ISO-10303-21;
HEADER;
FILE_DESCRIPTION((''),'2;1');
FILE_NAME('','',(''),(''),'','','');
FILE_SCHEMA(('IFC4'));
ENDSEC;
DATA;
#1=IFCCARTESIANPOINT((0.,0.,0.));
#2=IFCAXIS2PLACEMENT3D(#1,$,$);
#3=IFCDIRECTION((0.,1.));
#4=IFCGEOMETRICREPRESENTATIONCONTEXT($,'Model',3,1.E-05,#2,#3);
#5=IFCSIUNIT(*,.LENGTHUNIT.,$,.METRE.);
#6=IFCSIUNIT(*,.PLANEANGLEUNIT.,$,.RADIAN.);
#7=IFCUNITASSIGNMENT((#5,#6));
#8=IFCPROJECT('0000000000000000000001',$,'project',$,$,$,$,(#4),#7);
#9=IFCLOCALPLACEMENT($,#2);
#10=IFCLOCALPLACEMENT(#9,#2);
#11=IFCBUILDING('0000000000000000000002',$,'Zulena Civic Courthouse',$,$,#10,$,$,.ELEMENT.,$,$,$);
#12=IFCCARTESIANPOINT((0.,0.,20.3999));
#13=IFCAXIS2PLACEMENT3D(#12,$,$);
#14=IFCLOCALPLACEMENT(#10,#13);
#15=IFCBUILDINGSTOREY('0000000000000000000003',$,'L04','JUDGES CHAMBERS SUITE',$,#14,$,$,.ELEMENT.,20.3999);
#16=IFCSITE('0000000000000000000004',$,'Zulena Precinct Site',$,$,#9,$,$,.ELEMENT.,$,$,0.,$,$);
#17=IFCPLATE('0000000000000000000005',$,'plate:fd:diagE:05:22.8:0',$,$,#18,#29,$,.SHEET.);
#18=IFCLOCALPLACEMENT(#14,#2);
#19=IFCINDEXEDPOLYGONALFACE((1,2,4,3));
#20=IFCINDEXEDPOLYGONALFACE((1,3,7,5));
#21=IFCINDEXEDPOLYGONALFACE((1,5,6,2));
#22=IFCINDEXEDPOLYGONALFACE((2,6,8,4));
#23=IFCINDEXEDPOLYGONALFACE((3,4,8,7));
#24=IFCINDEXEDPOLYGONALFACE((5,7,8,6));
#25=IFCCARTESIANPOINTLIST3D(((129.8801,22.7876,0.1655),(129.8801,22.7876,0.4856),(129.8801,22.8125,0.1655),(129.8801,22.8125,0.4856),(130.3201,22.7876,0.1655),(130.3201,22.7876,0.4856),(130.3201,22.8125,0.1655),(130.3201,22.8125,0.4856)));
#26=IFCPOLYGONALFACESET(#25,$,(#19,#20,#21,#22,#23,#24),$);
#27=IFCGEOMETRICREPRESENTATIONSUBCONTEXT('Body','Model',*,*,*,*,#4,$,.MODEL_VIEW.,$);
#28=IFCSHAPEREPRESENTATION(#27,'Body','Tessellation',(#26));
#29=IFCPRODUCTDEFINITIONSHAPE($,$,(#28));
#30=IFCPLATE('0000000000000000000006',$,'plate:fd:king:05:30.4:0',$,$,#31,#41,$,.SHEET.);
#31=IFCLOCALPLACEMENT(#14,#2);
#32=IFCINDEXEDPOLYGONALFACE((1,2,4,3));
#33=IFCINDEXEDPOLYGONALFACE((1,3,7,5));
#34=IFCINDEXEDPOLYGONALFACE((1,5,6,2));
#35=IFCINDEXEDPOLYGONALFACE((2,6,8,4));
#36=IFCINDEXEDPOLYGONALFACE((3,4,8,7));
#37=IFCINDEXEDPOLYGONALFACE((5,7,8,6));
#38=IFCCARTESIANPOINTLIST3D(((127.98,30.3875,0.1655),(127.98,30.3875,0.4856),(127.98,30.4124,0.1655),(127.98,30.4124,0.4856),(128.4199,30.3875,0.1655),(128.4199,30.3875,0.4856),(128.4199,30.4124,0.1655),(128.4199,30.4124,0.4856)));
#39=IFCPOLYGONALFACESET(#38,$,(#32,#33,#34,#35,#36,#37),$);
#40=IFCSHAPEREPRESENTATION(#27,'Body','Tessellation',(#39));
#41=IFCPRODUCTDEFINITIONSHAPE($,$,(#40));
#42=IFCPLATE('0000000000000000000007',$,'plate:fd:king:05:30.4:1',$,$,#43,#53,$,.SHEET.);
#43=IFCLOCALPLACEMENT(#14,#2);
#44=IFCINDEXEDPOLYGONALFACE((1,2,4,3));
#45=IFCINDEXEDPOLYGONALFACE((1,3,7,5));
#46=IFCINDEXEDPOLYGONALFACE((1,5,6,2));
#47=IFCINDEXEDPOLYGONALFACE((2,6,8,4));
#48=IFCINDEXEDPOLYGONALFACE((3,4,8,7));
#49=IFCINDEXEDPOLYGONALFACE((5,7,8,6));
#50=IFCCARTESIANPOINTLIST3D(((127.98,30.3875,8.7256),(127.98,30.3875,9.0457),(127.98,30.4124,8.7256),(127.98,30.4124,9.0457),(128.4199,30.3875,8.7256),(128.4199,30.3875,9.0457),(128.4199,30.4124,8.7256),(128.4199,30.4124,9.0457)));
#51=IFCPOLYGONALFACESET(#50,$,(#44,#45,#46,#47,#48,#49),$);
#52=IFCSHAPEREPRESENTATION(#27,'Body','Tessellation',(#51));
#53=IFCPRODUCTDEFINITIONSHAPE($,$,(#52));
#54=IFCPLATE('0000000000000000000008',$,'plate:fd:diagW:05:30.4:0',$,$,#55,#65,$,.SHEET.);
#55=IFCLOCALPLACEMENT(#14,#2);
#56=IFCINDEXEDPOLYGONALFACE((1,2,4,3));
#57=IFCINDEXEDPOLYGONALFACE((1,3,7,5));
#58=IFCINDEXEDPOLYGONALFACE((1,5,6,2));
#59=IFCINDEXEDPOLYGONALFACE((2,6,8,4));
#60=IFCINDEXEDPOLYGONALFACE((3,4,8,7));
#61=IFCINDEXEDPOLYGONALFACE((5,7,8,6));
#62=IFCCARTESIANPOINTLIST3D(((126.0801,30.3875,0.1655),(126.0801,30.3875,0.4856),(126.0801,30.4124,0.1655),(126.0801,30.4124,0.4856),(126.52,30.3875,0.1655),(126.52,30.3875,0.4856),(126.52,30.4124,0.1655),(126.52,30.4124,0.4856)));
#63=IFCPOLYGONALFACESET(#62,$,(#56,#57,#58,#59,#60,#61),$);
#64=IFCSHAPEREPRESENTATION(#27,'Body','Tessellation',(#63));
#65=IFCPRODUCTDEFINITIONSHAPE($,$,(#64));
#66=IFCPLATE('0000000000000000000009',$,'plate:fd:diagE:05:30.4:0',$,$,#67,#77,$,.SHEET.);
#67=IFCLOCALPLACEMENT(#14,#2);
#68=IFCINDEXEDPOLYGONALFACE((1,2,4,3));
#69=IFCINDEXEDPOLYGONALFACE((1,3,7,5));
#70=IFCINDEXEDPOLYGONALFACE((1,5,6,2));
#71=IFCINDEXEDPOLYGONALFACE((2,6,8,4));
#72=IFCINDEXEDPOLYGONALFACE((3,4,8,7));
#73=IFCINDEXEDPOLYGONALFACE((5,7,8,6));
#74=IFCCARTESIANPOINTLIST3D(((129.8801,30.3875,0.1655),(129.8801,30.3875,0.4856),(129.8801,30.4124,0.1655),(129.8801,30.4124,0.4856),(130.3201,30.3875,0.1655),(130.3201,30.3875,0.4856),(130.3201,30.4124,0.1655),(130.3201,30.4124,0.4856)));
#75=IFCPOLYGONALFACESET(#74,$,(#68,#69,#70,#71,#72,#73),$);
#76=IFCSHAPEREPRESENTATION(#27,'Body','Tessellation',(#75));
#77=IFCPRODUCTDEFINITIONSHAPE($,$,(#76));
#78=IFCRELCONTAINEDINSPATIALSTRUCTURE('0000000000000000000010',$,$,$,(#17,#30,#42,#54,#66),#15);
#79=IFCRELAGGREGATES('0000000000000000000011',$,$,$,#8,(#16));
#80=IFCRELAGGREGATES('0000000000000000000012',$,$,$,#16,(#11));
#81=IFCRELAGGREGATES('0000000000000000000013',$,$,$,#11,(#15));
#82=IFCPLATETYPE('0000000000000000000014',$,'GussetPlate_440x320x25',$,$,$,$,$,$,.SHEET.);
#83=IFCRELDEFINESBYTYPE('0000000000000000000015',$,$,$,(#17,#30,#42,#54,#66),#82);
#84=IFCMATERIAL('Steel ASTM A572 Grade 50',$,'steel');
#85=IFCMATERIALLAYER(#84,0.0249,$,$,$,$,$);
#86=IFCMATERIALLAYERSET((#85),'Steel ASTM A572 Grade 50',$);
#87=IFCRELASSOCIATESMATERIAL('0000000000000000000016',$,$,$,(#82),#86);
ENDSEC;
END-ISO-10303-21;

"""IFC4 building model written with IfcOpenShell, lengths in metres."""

from ifc_helpers import new_model, si_unit, direction, frame, origin, origin_2d, place, context, subcontext, project, spatial, rectangle, extrude, material, layer, layer_set, type_object, element, save


model = new_model("IFC4")

# Units and contexts
model_context = context("Model", 3, precision=1e-05, world=origin(), true_north=direction((0.0, 1.0)))
body_context = subcontext(model_context, "Body", "Model", "MODEL_VIEW")
ifc_project = project(units=[si_unit("LENGTHUNIT", "METRE"), si_unit("PLANEANGLEUNIT", "RADIAN")], contexts=[model_context])

# Site, building, storey
site_placement = place(None, origin())
site = spatial("IfcSite", under=ifc_project, at=site_placement, Name="Zulena Precinct Site", CompositionType="ELEMENT", RefElevation=0.0)
building_placement = place(site_placement, origin())
building = spatial("IfcBuilding", under=site, at=building_placement, Name="Zulena Civic Courthouse", CompositionType="ELEMENT")
storey_placement = place(building_placement, frame((0.0, 0.0, 20.3999)))
storey = spatial("IfcBuildingStorey", under=building, at=storey_placement, Name="L04", Description="JUDGES CHAMBERS SUITE", CompositionType="ELEMENT", Elevation=20.3999)

# Plates
ifc_material_1 = material(Name="Steel ASTM A572 Grade 50", Category="steel")
ifc_layer = layer(ifc_material_1, 0.0249)
ifc_layer_set = layer_set([ifc_layer], Name="Steel ASTM A572 Grade 50")
plate_type = type_object("IfcPlateType", Name="GussetPlate_440x320x25", PredefinedType="SHEET", material=ifc_layer_set)
for number, where, z_axis, x_axis, name in (
    (1, (130.1001, 22.8, 0.1655), (0.0, 0.0, 1.0), (1.0, 0.0, 0.0), "plate:fd:diagE:05:22.8:0"),
    (2, (128.2, 30.3999, 0.1655), (0.0, 0.0, 1.0), (1.0, 0.0, 0.0), "plate:fd:king:05:30.4:0"),
    (3, (128.2, 30.3999, 8.7256), (0.0, 0.0, 1.0), (1.0, 0.0, 0.0), "plate:fd:king:05:30.4:1"),
    (4, (126.3, 30.3999, 0.1655), (0.0, 0.0, 1.0), (1.0, 0.0, 0.0), "plate:fd:diagW:05:30.4:0"),
    (5, (130.1001, 30.3999, 0.1655), (0.0, 0.0, 1.0), (1.0, 0.0, 0.0), "plate:fd:diagE:05:30.4:0"),
):
    element("IfcPlate", number, at=place(storey_placement, frame(where, z_axis=z_axis, x_axis=x_axis)), inside=storey, type_object=plate_type, Name=name, PredefinedType="SHEET", context=body_context, shape_type="SweptSolid", body=[
        extrude(rectangle(XDim=0.4399, YDim=0.0249, at=origin_2d()), origin(), (0.0, 0.0, 1.0), 0.3201),
    ])

save(model, "model.ifc")
